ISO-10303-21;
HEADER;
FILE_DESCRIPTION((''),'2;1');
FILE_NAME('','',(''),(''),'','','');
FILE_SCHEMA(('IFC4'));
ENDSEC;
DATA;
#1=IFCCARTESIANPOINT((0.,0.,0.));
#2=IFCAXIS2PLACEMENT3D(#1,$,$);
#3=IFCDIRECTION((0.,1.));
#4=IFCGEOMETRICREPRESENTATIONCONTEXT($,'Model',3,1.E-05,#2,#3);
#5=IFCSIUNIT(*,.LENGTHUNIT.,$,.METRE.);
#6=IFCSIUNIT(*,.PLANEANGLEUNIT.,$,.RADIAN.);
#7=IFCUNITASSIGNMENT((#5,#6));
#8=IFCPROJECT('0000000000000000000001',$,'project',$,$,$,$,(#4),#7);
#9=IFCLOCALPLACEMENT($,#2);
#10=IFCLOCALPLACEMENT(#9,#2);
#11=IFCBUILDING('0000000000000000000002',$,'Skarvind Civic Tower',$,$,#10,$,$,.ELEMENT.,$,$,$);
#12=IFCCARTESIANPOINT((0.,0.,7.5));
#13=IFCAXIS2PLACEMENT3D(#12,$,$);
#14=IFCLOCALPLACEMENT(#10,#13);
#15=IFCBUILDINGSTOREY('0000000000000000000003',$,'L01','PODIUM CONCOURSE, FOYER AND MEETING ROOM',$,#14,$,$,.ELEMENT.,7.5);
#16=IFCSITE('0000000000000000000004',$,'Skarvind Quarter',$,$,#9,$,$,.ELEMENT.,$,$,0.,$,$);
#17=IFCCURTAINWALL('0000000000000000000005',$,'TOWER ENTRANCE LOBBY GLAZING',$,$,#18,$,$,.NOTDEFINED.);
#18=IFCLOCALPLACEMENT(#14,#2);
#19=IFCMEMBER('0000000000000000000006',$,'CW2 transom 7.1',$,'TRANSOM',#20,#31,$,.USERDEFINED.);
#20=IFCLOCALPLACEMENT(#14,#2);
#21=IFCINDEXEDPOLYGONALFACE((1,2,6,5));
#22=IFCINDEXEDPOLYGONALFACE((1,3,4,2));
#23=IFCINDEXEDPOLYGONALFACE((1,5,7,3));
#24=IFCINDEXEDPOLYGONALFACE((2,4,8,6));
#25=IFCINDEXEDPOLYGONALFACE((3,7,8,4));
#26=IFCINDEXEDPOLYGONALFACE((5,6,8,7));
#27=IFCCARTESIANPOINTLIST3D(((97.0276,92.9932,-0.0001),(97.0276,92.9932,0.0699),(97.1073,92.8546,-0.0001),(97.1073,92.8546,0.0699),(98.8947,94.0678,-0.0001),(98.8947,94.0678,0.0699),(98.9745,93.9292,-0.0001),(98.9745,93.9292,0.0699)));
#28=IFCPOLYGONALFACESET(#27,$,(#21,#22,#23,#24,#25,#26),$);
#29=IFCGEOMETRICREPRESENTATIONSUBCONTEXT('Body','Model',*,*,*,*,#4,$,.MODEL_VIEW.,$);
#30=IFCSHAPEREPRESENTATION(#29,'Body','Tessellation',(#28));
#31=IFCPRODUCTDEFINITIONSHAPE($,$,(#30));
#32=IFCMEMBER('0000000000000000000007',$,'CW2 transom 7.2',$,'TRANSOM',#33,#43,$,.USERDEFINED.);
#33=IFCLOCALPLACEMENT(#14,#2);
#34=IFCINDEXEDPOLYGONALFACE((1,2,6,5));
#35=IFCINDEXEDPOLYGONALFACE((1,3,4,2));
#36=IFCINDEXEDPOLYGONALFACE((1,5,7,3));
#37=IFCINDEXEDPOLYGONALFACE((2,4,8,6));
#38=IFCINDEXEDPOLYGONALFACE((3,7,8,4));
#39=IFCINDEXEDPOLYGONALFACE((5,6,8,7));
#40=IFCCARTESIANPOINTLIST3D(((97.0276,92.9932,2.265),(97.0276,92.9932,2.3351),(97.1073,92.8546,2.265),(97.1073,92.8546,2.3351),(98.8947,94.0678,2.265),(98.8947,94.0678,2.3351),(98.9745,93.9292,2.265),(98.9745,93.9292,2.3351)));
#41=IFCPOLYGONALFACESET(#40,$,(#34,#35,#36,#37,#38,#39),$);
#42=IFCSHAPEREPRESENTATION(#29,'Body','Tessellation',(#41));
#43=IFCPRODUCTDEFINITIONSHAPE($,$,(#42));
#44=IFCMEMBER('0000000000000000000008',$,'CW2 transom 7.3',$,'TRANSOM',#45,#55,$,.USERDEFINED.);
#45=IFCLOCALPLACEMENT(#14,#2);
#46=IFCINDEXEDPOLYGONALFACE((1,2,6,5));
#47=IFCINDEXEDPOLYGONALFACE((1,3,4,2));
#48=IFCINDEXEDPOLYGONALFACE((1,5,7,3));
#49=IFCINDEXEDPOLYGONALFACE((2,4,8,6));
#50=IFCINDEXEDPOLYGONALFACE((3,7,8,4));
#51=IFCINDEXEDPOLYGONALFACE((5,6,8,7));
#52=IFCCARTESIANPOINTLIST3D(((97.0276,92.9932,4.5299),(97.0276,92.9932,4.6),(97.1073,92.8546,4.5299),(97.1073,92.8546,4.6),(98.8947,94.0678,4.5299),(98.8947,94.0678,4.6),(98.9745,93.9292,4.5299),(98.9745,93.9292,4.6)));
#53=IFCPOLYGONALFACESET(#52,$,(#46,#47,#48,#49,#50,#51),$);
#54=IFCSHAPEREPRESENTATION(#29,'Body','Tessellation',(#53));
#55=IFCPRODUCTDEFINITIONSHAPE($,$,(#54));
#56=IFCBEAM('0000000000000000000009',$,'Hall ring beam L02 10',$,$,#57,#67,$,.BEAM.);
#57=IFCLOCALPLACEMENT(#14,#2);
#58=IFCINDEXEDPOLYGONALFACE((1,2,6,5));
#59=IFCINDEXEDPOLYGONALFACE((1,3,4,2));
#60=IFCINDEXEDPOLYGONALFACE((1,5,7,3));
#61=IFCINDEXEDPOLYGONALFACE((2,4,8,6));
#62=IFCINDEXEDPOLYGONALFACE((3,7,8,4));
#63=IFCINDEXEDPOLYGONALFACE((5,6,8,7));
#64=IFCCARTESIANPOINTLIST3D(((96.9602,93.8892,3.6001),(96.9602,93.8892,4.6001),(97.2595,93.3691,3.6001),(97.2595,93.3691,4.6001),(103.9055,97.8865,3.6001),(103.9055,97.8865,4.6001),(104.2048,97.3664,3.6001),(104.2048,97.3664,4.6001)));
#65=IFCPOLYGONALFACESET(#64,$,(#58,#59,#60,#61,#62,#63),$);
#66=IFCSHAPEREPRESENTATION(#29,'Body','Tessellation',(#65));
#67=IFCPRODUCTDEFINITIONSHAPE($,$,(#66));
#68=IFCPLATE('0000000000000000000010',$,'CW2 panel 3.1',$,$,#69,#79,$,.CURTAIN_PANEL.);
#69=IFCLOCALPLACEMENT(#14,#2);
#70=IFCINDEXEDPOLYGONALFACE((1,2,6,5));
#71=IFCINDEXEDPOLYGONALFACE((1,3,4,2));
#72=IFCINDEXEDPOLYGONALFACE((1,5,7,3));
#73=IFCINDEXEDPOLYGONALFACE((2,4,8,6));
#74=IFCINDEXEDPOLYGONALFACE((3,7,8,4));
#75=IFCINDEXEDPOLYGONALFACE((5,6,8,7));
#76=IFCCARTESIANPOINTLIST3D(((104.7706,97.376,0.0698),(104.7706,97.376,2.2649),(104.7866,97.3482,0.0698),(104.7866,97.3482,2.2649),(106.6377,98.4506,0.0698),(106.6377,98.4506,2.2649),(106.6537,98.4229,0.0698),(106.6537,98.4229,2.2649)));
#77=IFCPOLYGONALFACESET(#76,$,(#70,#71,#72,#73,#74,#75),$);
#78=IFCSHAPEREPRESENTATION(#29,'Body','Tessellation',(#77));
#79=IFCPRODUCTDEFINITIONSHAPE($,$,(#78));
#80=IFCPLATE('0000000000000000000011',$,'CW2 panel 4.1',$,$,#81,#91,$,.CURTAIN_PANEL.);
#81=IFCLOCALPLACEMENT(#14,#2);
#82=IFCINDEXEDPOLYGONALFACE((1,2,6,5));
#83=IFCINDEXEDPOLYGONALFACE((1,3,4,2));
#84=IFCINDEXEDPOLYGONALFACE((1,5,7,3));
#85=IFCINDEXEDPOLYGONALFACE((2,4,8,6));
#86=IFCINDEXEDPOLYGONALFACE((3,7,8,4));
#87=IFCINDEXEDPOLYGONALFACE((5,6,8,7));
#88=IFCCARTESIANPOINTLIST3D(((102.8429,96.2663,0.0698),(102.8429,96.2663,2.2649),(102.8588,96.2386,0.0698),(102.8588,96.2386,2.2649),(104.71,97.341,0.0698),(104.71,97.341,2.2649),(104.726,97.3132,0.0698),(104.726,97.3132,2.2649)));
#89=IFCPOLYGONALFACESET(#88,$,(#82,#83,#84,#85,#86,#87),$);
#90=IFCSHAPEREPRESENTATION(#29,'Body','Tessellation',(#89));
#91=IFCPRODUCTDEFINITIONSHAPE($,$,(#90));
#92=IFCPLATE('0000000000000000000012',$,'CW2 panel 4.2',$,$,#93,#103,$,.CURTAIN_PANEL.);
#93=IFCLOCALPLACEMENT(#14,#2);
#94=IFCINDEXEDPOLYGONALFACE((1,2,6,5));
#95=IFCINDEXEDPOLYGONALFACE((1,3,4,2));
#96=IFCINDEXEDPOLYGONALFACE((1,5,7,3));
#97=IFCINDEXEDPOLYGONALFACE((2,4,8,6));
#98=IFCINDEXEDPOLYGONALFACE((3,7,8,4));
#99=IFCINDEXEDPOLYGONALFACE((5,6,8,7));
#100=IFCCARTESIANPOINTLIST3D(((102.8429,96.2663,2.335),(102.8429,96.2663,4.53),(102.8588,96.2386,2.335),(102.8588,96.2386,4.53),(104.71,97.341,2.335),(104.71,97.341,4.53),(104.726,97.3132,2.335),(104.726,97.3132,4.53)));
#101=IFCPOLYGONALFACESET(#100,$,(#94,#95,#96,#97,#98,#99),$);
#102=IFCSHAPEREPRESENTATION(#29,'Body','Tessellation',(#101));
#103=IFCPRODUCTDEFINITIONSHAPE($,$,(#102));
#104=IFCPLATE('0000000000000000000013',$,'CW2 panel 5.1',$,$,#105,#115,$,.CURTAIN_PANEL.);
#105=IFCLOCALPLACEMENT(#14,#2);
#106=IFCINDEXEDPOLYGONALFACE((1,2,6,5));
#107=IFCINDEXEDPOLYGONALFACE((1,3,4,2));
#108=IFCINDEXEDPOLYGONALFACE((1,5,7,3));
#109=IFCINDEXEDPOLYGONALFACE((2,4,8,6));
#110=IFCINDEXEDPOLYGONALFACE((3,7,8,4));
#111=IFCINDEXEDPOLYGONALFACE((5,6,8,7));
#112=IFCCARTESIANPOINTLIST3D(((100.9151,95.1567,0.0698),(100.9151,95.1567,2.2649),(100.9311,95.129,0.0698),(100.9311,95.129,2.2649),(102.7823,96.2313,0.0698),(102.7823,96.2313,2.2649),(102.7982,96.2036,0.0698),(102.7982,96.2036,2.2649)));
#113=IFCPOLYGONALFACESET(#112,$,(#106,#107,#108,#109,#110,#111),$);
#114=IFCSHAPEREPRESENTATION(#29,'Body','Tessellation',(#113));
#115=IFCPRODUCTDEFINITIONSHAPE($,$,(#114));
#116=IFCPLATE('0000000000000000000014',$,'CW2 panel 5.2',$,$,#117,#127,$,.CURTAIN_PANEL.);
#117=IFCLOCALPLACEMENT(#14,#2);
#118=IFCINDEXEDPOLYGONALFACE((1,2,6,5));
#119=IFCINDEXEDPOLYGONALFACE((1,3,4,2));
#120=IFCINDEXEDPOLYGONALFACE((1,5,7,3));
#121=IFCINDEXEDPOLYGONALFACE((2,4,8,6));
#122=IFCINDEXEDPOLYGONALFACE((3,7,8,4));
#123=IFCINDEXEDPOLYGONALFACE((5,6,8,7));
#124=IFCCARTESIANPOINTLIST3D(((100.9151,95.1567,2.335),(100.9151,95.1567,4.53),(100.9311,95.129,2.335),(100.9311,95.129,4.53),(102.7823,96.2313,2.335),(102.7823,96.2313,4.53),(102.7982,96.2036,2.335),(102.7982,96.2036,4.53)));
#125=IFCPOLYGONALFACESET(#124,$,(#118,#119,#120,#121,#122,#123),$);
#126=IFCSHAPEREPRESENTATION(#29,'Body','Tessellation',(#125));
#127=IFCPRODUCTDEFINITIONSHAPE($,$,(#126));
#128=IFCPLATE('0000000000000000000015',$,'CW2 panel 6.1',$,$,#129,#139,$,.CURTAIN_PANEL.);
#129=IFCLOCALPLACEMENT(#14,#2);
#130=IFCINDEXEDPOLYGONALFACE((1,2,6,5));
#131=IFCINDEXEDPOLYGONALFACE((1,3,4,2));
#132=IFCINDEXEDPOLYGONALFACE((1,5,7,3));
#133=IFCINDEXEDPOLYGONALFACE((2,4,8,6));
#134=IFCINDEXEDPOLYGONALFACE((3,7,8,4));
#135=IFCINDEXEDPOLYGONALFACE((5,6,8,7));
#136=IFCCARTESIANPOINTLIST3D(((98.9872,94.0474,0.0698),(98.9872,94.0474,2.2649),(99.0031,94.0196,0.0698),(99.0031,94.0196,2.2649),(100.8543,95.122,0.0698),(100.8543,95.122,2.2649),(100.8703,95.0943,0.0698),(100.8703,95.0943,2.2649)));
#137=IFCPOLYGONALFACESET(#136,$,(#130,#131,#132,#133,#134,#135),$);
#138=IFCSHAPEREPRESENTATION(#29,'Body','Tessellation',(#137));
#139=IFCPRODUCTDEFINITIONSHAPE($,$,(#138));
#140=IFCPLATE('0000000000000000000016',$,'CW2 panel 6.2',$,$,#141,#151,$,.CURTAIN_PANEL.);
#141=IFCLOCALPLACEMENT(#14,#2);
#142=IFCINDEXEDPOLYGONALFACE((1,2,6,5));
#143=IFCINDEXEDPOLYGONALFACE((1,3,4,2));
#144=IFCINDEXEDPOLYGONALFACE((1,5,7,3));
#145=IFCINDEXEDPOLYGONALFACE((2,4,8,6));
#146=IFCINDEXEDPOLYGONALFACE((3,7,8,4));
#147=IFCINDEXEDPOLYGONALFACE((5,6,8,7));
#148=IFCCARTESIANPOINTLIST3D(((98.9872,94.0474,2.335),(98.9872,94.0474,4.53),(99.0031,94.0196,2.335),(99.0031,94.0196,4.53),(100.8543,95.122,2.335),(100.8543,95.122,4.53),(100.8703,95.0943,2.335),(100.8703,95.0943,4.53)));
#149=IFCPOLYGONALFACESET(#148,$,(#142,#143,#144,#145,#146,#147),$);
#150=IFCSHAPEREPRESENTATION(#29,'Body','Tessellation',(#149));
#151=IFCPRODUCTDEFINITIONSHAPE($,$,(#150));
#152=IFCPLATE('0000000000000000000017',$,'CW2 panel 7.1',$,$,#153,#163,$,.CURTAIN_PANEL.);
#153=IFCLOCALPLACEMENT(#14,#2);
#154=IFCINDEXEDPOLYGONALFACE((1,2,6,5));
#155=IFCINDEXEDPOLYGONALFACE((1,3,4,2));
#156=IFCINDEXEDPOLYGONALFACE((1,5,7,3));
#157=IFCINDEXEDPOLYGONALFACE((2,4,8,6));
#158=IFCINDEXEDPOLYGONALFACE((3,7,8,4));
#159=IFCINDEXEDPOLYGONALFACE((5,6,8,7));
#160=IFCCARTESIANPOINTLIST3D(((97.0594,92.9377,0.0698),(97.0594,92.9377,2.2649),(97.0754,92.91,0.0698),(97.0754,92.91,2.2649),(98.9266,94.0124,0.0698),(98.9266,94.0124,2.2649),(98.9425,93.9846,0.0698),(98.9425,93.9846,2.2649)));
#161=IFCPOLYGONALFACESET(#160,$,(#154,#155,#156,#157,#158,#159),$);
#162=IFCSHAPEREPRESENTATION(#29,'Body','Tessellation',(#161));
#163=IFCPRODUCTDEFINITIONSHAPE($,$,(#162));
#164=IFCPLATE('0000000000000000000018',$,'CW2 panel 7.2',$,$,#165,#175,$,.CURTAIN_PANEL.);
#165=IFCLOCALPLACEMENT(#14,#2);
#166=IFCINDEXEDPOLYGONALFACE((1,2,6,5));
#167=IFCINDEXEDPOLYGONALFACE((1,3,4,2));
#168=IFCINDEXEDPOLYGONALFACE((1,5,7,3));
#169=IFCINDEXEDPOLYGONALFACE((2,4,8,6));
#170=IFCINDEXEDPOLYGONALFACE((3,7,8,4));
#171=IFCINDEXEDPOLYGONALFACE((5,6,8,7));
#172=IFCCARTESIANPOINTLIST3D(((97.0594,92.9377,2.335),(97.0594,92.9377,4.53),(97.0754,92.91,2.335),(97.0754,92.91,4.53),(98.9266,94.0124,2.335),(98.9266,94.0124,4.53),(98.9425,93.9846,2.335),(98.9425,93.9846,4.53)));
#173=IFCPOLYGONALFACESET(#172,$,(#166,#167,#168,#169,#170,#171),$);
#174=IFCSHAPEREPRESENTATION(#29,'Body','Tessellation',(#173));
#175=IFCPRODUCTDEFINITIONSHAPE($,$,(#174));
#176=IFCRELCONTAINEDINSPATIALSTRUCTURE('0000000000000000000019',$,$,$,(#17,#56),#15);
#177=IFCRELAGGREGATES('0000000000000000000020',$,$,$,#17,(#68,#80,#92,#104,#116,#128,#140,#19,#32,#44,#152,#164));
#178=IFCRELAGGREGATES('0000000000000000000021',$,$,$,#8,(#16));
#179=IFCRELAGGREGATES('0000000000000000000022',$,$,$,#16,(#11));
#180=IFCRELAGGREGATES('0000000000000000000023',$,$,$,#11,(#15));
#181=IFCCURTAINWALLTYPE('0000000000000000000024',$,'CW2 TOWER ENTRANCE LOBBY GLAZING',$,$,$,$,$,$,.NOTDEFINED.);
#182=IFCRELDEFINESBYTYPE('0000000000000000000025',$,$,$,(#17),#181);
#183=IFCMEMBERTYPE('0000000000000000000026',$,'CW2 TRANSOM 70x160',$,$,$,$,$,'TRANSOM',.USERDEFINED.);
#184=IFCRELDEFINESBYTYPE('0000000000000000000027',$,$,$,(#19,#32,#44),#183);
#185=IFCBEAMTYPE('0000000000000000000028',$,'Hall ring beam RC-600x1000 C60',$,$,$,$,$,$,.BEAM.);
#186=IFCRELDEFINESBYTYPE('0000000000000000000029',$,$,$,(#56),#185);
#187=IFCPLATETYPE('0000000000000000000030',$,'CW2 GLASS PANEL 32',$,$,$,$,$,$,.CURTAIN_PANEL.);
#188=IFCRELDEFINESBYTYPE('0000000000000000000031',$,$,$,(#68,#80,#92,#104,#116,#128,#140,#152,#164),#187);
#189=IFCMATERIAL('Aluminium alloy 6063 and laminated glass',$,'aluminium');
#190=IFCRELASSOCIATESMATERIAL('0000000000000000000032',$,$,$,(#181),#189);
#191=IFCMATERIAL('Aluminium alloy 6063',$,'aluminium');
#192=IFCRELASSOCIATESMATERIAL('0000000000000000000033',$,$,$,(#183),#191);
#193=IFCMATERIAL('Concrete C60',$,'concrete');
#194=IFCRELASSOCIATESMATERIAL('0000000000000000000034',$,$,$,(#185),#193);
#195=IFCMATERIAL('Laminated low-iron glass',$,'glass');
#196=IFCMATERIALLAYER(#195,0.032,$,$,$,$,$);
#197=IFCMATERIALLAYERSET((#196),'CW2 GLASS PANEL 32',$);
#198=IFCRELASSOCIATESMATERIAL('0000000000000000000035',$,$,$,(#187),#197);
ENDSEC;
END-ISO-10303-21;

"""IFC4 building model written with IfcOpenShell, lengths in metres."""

from ifc_helpers import new_model, si_unit, direction, frame, origin, origin_2d, place, context, subcontext, project, spatial, rectangle, extrude, material, layer, layer_set, material_profile, profile_set, type_object, element, aggregate, save


model = new_model("IFC4")

# Units and contexts
model_context = context("Model", 3, precision=1e-05, world=origin(), true_north=direction((0.0, 1.0)))
body_context = subcontext(model_context, "Body", "Model", "MODEL_VIEW")
ifc_project = project(units=[si_unit("LENGTHUNIT", "METRE"), si_unit("PLANEANGLEUNIT", "RADIAN")], contexts=[model_context])

# Site, building, storey
site_placement = place(None, origin())
site = spatial("IfcSite", under=ifc_project, at=site_placement, Name="Skarvind Quarter", CompositionType="ELEMENT", RefElevation=0.0)
building_placement = place(site_placement, origin())
building = spatial("IfcBuilding", under=site, at=building_placement, Name="Skarvind Civic Tower", CompositionType="ELEMENT")
storey_placement = place(building_placement, frame((0.0, 0.0, 7.5)))
storey = spatial("IfcBuildingStorey", under=building, at=storey_placement, Name="L01", Description="PODIUM CONCOURSE, FOYER AND MEETING ROOM", CompositionType="ELEMENT", Elevation=7.5)

# Shared definitions
ifc_material_1 = material(Name="Concrete C60", Category="concrete")

# Curtain wall, members
ifc_material_2 = material(Name="Aluminium alloy 6063 and laminated glass", Category="aluminium")
curtain_wall_type = type_object("IfcCurtainWallType", Name="CW2 TOWER ENTRANCE LOBBY GLAZING", PredefinedType="NOTDEFINED", material=ifc_material_2)
curtain_wall_placement = place(storey_placement, origin())
curtain_wall = element("IfcCurtainWall", 1, at=curtain_wall_placement, inside=storey, type_object=curtain_wall_type, Name="TOWER ENTRANCE LOBBY GLAZING", PredefinedType="NOTDEFINED")
ifc_material_3 = material(Name="Aluminium alloy 6063", Category="aluminium")
ifc_material_profile_1 = material_profile(ifc_material_3, rectangle(XDim=0.1599, YDim=0.0701, at=origin_2d()), Name="AL 70x160")
ifc_profile_set_1 = profile_set([ifc_material_profile_1], Name="Aluminium alloy 6063")
member_type_1 = type_object("IfcMemberType", Name="CW2 TRANSOM 70x160", ElementType="TRANSOM", PredefinedType="USERDEFINED", material=ifc_profile_set_1)
member_1_placement = place(storey_placement, frame((98.9346, 93.9985, 0.0349), z_axis=(-0.866691, -0.498846, 0.0), x_axis=(0.498846, -0.866691, 0.0)))
member_1 = element("IfcMember", 2, at=member_1_placement, type_object=member_type_1, Name="CW2 transom 7.1", ObjectType="TRANSOM", PredefinedType="USERDEFINED", context=body_context, shape_type="SweptSolid", body=[
    extrude(rectangle(XDim=0.1599, YDim=0.0701, at=origin_2d()), origin(), (0.0, 0.0, 1.0), 2.1543),
])
member_2_placement = place(storey_placement, frame((98.9346, 93.9985, 2.3), z_axis=(-0.866691, -0.498846, 0.0), x_axis=(0.498846, -0.866691, 0.0)))
member_2 = element("IfcMember", 3, at=member_2_placement, type_object=member_type_1, Name="CW2 transom 7.2", ObjectType="TRANSOM", PredefinedType="USERDEFINED", context=body_context, shape_type="SweptSolid", body=[
    extrude(rectangle(XDim=0.1599, YDim=0.0701, at=origin_2d()), origin(), (0.0, 0.0, 1.0), 2.1543),
])
member_3_placement = place(storey_placement, frame((98.9346, 93.9985, 4.5649), z_axis=(-0.866691, -0.498846, 0.0), x_axis=(0.498846, -0.866691, 0.0)))
member_3 = element("IfcMember", 4, at=member_3_placement, type_object=member_type_1, Name="CW2 transom 7.3", ObjectType="TRANSOM", PredefinedType="USERDEFINED", context=body_context, shape_type="SweptSolid", body=[
    extrude(rectangle(XDim=0.1599, YDim=0.0701, at=origin_2d()), origin(), (0.0, 0.0, 1.0), 2.1543),
])

# Beam
ifc_material_profile_2 = material_profile(ifc_material_1, rectangle(XDim=0.6001, YDim=1.0, at=origin_2d()), Name="RC-600x1000")
ifc_profile_set_2 = profile_set([ifc_material_profile_2], Name="Concrete C60")
beam_type = type_object("IfcBeamType", Name="Hall ring beam RC-600x1000 C60", PredefinedType="BEAM", material=ifc_profile_set_2)
beam_placement = place(storey_placement, frame((97.1099, 93.6292, 4.1001), z_axis=(0.866703, 0.498824, 0.0), x_axis=(-0.498824, 0.866703, 0.0)))
element("IfcBeam", 5, at=beam_placement, inside=storey, type_object=beam_type, Name="Hall ring beam L02 10", PredefinedType="BEAM", context=body_context, shape_type="SweptSolid", body=[
    extrude(rectangle(XDim=0.6001, YDim=1.0, at=origin_2d()), origin(), (0.0, 0.0, 1.0), 8.0134),
])

# Plates
ifc_material_4 = material(Name="Laminated low-iron glass", Category="glass")
ifc_layer = layer(ifc_material_4, 0.032)
ifc_layer_set = layer_set([ifc_layer], Name="CW2 GLASS PANEL 32")
plate_type = type_object("IfcPlateType", Name="CW2 GLASS PANEL 32", PredefinedType="CURTAIN_PANEL", material=ifc_layer_set)
plate_1_placement = place(storey_placement, frame((105.7122, 97.8994, 0.0698), z_axis=(0.0, 0.0, 1.0), x_axis=(-0.866702, -0.498825, 0.0)))
plate_1 = element("IfcPlate", 6, at=plate_1_placement, type_object=plate_type, Name="CW2 panel 3.1", PredefinedType="CURTAIN_PANEL", context=body_context, shape_type="SweptSolid", body=[
    extrude(rectangle(XDim=2.1543, YDim=0.032, at=origin_2d()), origin(), (0.0, 0.0, 1.0), 2.1951),
])
plate_2_placement = place(storey_placement, frame((103.7844, 96.7898, 0.0698), z_axis=(0.0, 0.0, 1.0), x_axis=(-0.866702, -0.498825, 0.0)))
plate_2 = element("IfcPlate", 7, at=plate_2_placement, type_object=plate_type, Name="CW2 panel 4.1", PredefinedType="CURTAIN_PANEL", context=body_context, shape_type="SweptSolid", body=[
    extrude(rectangle(XDim=2.1543, YDim=0.032, at=origin_2d()), origin(), (0.0, 0.0, 1.0), 2.1951),
])
plate_3_placement = place(storey_placement, frame((103.7844, 96.7898, 2.335), z_axis=(0.0, 0.0, 1.0), x_axis=(-0.866702, -0.498825, 0.0)))
plate_3 = element("IfcPlate", 8, at=plate_3_placement, type_object=plate_type, Name="CW2 panel 4.2", PredefinedType="CURTAIN_PANEL", context=body_context, shape_type="SweptSolid", body=[
    extrude(rectangle(XDim=2.1543, YDim=0.032, at=origin_2d()), origin(), (0.0, 0.0, 1.0), 2.1951),
])
plate_4_placement = place(storey_placement, frame((101.8567, 95.6802, 0.0698), z_axis=(0.0, 0.0, 1.0), x_axis=(-0.866702, -0.498825, 0.0)))
plate_4 = element("IfcPlate", 9, at=plate_4_placement, type_object=plate_type, Name="CW2 panel 5.1", PredefinedType="CURTAIN_PANEL", context=body_context, shape_type="SweptSolid", body=[
    extrude(rectangle(XDim=2.1543, YDim=0.032, at=origin_2d()), origin(), (0.0, 0.0, 1.0), 2.1951),
])
plate_5_placement = place(storey_placement, frame((101.8567, 95.6802, 2.335), z_axis=(0.0, 0.0, 1.0), x_axis=(-0.866702, -0.498825, 0.0)))
plate_5 = element("IfcPlate", 10, at=plate_5_placement, type_object=plate_type, Name="CW2 panel 5.2", PredefinedType="CURTAIN_PANEL", context=body_context, shape_type="SweptSolid", body=[
    extrude(rectangle(XDim=2.1543, YDim=0.032, at=origin_2d()), origin(), (0.0, 0.0, 1.0), 2.1951),
])
plate_6_placement = place(storey_placement, frame((99.9287, 94.5708, 0.0698), z_axis=(0.0, 0.0, 1.0), x_axis=(-0.866702, -0.498825, 0.0)))
plate_6 = element("IfcPlate", 11, at=plate_6_placement, type_object=plate_type, Name="CW2 panel 6.1", PredefinedType="CURTAIN_PANEL", context=body_context, shape_type="SweptSolid", body=[
    extrude(rectangle(XDim=2.1543, YDim=0.032, at=origin_2d()), origin(), (0.0, 0.0, 1.0), 2.1951),
])
plate_7_placement = place(storey_placement, frame((99.9287, 94.5708, 2.335), z_axis=(0.0, 0.0, 1.0), x_axis=(-0.866702, -0.498825, 0.0)))
plate_7 = element("IfcPlate", 12, at=plate_7_placement, type_object=plate_type, Name="CW2 panel 6.2", PredefinedType="CURTAIN_PANEL", context=body_context, shape_type="SweptSolid", body=[
    extrude(rectangle(XDim=2.1543, YDim=0.032, at=origin_2d()), origin(), (0.0, 0.0, 1.0), 2.1951),
])
plate_8_placement = place(storey_placement, frame((98.001, 93.4612, 0.0698), z_axis=(0.0, 0.0, 1.0), x_axis=(-0.866702, -0.498825, 0.0)))
plate_8 = element("IfcPlate", 13, at=plate_8_placement, type_object=plate_type, Name="CW2 panel 7.1", PredefinedType="CURTAIN_PANEL", context=body_context, shape_type="SweptSolid", body=[
    extrude(rectangle(XDim=2.1543, YDim=0.032, at=origin_2d()), origin(), (0.0, 0.0, 1.0), 2.1951),
])
plate_9_placement = place(storey_placement, frame((98.001, 93.4612, 2.335), z_axis=(0.0, 0.0, 1.0), x_axis=(-0.866702, -0.498825, 0.0)))
plate_9 = element("IfcPlate", 14, at=plate_9_placement, type_object=plate_type, Name="CW2 panel 7.2", PredefinedType="CURTAIN_PANEL", context=body_context, shape_type="SweptSolid", body=[
    extrude(rectangle(XDim=2.1543, YDim=0.032, at=origin_2d()), origin(), (0.0, 0.0, 1.0), 2.1951),
])
aggregate(curtain_wall, [plate_1, plate_2, plate_3, plate_4, plate_5, plate_6, plate_7, member_1, member_2, member_3, plate_8, plate_9])

save(model, "model.ifc")
